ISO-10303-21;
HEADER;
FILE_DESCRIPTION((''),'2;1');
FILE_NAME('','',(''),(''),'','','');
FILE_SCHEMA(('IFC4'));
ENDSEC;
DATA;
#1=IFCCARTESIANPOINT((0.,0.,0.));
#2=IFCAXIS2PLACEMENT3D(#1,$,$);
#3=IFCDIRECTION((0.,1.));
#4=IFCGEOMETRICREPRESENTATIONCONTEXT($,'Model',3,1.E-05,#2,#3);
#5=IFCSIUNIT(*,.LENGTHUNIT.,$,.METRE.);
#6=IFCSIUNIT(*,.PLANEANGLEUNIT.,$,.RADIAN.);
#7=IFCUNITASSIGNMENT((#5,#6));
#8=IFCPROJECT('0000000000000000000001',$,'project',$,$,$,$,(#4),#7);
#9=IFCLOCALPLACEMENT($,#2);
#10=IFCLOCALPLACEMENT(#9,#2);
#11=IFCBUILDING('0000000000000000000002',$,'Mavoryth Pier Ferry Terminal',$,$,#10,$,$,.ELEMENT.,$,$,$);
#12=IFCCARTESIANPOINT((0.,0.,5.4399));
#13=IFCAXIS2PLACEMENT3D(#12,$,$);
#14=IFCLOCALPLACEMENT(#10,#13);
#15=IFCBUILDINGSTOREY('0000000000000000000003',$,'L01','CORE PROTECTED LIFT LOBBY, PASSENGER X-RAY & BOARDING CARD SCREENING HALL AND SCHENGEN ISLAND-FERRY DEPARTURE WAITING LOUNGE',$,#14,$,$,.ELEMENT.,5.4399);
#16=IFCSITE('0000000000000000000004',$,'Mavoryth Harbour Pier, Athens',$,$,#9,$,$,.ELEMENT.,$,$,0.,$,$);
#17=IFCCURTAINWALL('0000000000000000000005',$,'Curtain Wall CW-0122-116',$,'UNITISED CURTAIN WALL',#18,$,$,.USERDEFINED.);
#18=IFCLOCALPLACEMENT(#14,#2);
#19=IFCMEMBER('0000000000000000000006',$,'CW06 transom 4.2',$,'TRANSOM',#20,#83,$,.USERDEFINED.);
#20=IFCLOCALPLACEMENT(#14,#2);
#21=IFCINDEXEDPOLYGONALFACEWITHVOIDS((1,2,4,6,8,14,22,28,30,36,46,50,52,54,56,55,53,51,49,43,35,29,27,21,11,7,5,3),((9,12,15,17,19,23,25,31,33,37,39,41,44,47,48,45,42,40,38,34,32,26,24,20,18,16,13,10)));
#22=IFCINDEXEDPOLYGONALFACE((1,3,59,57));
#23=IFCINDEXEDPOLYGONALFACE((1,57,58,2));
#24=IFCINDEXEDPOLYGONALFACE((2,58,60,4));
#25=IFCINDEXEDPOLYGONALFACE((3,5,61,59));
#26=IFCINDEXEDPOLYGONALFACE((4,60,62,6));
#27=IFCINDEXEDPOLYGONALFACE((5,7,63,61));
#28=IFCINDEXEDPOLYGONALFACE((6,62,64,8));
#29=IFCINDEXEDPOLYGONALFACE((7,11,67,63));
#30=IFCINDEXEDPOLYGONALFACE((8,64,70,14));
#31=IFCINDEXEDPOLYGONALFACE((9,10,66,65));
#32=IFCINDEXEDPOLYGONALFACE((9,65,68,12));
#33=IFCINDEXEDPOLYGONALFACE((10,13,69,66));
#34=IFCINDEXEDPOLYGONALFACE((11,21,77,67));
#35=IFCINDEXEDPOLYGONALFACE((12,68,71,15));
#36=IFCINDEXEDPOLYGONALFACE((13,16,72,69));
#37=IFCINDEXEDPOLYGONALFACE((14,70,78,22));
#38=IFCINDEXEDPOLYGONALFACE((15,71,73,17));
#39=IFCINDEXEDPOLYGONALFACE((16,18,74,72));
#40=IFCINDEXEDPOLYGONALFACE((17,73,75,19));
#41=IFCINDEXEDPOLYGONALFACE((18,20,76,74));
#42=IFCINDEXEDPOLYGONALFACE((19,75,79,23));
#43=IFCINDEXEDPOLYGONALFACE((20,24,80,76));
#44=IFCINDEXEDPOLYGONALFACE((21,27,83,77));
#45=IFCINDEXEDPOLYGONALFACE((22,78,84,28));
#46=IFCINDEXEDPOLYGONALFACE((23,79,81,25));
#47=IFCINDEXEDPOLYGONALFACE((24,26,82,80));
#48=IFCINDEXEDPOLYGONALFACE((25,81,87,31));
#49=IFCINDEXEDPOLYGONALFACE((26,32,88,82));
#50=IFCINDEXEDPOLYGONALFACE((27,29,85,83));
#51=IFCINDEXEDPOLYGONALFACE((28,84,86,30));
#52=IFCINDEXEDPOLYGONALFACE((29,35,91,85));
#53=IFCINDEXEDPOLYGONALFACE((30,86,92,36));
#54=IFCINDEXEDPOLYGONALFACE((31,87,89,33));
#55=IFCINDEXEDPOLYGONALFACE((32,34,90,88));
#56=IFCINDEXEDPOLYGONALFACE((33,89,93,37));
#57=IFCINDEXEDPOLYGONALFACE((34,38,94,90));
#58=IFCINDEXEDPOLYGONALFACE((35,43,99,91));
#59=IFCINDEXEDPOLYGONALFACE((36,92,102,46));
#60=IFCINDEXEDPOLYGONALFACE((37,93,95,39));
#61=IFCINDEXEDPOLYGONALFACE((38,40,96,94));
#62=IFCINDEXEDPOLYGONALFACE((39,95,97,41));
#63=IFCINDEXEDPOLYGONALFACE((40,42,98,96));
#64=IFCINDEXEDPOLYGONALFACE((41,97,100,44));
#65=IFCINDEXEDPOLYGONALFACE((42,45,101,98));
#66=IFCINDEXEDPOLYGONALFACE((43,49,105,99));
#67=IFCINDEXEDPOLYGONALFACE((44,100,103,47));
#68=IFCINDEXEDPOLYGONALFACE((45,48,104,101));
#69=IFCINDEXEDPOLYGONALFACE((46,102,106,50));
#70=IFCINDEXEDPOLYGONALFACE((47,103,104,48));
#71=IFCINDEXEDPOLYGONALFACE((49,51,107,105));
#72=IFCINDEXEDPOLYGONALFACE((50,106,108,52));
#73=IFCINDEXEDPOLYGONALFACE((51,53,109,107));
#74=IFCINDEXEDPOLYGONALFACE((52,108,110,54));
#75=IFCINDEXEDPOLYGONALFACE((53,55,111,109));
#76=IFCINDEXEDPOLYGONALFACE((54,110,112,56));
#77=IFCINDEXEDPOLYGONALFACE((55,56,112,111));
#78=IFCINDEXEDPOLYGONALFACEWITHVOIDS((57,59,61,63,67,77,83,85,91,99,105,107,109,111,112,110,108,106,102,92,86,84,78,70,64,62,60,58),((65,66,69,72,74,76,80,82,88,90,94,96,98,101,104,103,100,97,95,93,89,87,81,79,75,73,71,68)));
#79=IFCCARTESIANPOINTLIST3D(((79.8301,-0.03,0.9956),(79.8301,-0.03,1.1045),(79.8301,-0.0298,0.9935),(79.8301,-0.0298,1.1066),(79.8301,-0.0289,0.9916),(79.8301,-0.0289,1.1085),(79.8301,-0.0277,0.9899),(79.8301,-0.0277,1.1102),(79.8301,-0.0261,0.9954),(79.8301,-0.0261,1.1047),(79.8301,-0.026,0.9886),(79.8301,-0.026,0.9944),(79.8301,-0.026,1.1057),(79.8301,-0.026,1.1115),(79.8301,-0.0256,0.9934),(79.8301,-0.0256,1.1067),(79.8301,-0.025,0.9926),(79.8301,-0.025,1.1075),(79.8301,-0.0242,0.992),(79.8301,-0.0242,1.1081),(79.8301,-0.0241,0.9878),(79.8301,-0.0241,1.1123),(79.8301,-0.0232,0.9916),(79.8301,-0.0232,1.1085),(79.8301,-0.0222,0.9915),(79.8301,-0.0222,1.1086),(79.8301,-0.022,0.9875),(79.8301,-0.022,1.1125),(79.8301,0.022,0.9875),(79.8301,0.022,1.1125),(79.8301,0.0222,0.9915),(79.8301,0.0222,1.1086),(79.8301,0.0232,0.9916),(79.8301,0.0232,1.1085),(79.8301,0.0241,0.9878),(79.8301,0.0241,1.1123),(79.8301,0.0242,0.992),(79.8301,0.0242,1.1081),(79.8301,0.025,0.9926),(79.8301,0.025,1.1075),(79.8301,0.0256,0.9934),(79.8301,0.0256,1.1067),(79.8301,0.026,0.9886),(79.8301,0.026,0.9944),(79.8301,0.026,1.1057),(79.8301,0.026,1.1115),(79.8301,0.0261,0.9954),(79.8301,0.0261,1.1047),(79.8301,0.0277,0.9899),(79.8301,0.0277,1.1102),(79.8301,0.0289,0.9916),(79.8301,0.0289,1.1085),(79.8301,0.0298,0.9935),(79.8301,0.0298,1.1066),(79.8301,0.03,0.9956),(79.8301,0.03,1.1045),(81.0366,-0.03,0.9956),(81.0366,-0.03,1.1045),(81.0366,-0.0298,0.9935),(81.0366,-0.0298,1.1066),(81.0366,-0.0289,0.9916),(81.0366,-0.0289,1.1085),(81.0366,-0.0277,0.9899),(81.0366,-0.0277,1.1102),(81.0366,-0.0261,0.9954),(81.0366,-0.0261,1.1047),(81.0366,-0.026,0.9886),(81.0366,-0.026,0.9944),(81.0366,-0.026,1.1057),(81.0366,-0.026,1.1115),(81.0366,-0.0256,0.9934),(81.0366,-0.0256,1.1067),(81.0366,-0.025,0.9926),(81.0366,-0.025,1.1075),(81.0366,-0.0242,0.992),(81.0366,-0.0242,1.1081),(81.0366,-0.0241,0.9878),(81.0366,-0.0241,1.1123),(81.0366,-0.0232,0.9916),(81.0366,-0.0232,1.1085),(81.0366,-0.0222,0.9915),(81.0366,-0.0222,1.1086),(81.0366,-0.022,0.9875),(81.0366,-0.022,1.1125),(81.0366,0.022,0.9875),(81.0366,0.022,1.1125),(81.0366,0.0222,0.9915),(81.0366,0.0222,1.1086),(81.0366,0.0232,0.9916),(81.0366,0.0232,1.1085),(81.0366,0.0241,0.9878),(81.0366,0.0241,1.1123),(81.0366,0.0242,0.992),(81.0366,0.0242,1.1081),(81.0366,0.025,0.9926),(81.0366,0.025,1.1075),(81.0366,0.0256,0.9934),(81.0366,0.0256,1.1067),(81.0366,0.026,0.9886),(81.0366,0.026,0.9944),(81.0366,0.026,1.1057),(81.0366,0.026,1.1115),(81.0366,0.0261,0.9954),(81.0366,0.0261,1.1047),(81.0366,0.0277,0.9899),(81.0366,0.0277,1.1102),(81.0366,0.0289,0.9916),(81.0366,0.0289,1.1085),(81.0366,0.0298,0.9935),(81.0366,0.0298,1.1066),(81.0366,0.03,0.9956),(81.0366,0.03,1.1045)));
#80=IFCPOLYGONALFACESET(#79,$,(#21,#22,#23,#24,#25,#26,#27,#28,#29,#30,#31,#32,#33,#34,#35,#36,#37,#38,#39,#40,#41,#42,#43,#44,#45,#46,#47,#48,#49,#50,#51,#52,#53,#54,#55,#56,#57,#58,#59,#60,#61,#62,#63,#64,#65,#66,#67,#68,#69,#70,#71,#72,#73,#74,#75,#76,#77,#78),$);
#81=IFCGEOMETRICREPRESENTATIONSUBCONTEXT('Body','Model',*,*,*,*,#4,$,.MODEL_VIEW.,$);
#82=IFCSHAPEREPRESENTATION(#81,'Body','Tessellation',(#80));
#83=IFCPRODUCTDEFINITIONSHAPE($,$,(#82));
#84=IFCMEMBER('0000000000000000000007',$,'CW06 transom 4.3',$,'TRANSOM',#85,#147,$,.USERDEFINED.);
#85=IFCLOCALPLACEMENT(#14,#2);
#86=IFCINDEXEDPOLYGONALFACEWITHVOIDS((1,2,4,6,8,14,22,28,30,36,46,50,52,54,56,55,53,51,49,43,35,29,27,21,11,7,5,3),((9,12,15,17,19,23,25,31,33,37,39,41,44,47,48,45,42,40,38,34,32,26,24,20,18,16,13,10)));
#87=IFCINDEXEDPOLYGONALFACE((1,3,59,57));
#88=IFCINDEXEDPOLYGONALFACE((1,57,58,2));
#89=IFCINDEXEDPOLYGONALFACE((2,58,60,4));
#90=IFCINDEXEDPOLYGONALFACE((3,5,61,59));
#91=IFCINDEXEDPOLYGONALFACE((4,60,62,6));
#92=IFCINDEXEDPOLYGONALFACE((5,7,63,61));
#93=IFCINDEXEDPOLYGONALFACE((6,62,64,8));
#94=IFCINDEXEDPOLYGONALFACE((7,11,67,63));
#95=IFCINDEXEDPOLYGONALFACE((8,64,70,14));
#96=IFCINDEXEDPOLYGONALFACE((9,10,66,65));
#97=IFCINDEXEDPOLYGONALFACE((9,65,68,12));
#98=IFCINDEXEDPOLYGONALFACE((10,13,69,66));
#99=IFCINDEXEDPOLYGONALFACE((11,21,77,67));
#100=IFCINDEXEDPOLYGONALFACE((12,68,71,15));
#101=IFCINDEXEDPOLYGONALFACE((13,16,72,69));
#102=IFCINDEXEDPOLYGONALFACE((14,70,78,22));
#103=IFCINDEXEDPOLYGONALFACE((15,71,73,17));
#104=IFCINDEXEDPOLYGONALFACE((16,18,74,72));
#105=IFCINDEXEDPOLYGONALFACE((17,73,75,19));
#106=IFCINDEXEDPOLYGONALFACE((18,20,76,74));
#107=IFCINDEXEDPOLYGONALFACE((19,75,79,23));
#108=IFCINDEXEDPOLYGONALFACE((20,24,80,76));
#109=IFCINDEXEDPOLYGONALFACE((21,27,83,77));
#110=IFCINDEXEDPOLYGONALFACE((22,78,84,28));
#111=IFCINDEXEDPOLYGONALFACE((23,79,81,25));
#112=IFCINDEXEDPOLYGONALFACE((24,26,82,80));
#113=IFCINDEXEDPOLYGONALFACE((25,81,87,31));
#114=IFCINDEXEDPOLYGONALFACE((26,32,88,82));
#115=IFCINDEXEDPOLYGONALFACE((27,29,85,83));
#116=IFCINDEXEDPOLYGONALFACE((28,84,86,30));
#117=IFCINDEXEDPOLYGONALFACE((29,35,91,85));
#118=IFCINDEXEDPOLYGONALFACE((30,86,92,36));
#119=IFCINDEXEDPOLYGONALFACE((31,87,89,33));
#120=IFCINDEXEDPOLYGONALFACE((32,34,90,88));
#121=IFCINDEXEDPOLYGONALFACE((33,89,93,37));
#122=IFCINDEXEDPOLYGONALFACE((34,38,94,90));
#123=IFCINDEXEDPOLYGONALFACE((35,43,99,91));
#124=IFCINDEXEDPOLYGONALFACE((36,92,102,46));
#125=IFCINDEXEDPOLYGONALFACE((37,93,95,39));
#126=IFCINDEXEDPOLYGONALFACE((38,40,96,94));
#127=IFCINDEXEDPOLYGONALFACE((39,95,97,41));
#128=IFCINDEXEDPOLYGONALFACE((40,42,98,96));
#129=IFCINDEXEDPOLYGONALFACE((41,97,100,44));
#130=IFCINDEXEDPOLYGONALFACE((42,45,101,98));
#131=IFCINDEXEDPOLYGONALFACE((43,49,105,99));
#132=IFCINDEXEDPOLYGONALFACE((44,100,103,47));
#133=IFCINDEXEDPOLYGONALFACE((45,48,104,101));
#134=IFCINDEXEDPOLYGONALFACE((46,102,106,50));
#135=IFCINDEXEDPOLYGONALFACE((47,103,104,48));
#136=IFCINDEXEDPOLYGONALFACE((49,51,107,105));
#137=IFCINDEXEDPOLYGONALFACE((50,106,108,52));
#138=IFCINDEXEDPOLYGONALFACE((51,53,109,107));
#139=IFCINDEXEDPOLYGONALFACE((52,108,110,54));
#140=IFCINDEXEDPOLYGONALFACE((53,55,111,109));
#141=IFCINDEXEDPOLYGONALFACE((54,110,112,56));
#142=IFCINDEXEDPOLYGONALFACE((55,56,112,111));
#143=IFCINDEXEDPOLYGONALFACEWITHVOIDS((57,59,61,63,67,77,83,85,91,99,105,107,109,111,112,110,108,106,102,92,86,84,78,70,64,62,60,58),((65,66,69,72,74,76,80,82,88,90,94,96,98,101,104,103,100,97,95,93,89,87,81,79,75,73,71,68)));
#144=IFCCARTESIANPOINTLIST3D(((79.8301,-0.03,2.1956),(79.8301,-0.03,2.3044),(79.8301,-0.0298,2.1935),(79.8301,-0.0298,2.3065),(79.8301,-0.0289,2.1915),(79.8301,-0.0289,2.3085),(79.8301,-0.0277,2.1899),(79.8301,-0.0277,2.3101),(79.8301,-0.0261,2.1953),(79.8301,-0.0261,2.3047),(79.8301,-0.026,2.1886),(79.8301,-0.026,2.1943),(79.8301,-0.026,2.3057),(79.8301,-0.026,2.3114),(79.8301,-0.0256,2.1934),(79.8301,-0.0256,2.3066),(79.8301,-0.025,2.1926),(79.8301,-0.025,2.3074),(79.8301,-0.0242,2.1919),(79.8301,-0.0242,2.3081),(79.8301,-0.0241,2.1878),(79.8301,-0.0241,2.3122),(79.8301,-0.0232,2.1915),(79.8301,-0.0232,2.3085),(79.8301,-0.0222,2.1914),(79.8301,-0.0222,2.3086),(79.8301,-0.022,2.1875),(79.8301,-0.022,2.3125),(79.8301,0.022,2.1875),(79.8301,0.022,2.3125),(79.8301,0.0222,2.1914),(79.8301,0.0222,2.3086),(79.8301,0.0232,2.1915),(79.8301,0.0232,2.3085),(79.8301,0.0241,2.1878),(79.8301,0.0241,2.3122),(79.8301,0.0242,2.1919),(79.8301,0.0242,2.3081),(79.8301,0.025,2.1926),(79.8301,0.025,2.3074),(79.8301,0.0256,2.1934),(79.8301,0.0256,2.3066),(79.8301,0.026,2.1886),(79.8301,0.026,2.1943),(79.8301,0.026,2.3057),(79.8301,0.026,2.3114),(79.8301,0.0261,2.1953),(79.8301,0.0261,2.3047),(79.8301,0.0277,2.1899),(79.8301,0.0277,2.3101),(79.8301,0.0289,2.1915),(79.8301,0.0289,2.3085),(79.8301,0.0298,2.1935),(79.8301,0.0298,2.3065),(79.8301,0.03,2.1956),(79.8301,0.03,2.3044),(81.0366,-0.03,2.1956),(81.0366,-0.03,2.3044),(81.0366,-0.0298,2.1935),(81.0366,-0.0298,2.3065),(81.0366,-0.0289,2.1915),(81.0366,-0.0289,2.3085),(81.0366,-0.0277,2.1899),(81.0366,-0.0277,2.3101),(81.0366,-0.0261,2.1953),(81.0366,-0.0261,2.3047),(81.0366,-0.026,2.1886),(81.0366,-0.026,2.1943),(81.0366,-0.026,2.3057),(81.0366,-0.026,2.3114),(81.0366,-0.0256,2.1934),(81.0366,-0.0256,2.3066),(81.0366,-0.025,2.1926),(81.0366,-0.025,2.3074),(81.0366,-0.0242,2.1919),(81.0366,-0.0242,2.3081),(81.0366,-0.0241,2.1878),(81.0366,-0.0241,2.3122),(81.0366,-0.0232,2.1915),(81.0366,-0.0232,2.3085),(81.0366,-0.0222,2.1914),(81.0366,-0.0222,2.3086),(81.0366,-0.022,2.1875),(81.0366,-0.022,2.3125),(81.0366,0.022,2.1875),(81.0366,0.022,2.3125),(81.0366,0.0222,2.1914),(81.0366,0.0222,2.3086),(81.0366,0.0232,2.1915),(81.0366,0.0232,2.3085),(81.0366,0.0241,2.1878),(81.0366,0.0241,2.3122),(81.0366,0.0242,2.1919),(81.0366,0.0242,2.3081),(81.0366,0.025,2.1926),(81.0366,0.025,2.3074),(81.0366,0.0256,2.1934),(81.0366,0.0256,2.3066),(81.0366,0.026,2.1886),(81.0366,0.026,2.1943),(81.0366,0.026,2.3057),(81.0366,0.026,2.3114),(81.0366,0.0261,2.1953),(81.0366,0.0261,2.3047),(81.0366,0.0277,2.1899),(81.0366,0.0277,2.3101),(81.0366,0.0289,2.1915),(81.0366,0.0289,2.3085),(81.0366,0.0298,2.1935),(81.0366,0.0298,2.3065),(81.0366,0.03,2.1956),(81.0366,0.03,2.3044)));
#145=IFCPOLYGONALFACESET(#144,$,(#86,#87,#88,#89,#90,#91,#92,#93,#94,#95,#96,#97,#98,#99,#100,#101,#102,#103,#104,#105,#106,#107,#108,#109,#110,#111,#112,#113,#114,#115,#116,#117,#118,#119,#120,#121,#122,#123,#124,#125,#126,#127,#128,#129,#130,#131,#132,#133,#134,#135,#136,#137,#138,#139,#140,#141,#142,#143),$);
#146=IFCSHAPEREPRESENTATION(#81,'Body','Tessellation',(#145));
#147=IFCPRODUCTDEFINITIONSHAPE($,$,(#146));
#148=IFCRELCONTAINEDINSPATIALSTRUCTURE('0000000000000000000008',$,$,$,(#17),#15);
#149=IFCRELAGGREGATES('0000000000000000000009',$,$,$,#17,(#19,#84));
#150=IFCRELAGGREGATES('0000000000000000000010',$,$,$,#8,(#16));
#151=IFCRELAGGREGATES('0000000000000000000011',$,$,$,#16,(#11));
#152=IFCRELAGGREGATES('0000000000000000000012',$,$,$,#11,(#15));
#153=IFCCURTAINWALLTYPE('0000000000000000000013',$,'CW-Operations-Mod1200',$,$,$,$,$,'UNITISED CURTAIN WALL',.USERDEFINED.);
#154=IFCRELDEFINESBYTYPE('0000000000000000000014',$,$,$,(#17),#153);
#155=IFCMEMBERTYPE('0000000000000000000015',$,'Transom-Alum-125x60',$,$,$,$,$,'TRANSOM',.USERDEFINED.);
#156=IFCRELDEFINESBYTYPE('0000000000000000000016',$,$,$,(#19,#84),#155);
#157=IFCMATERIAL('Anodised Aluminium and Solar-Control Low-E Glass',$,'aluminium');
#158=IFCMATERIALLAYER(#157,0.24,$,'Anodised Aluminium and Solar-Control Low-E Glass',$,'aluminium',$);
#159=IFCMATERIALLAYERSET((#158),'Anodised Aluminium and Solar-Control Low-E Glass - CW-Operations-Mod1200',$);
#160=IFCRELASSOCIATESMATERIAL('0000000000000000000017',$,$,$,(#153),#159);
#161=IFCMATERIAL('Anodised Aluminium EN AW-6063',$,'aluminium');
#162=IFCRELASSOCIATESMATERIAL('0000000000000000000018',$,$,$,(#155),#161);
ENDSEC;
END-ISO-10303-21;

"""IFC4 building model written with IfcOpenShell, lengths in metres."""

from ifc_helpers import new_model, si_unit, direction, frame, origin, origin_2d, place, context, subcontext, project, spatial, hollow_rectangle, extrude, material, layer, layer_set, material_profile, profile_set, type_object, element, aggregate, save


model = new_model("IFC4")

# Units and contexts
model_context = context("Model", 3, precision=1e-05, world=origin(), true_north=direction((0.0, 1.0)))
body_context = subcontext(model_context, "Body", "Model", "MODEL_VIEW")
ifc_project = project(units=[si_unit("LENGTHUNIT", "METRE"), si_unit("PLANEANGLEUNIT", "RADIAN")], contexts=[model_context])

# Site, building, storey
site_placement = place(None, origin())
site = spatial("IfcSite", under=ifc_project, at=site_placement, Name="Mavoryth Harbour Pier, Athens", CompositionType="ELEMENT", RefElevation=0.0)
building_placement = place(site_placement, origin())
building = spatial("IfcBuilding", under=site, at=building_placement, Name="Mavoryth Pier Ferry Terminal", CompositionType="ELEMENT")
storey_placement = place(building_placement, frame((0.0, 0.0, 5.4399)))
storey = spatial("IfcBuildingStorey", under=building, at=storey_placement, Name="L01", Description="CORE PROTECTED LIFT LOBBY, PASSENGER X-RAY & BOARDING CARD SCREENING HALL AND SCHENGEN ISLAND-FERRY DEPARTURE WAITING LOUNGE", CompositionType="ELEMENT", Elevation=5.4399)

# Curtain wall, members
ifc_material_1 = material(Name="Anodised Aluminium and Solar-Control Low-E Glass", Category="aluminium")
ifc_layer_1 = layer(ifc_material_1, 0.24, Name="Anodised Aluminium and Solar-Control Low-E Glass", Category="aluminium")
ifc_layer_set_1 = layer_set([ifc_layer_1], Name="Anodised Aluminium and Solar-Control Low-E Glass - CW-Operations-Mod1200")
curtain_wall_type = type_object("IfcCurtainWallType", Name="CW-Operations-Mod1200", ElementType="UNITISED CURTAIN WALL", PredefinedType="USERDEFINED", material=ifc_layer_set_1)
curtain_wall_placement = place(storey_placement, origin())
curtain_wall = element("IfcCurtainWall", 1, at=curtain_wall_placement, inside=storey, type_object=curtain_wall_type, Name="Curtain Wall CW-0122-116", ObjectType="UNITISED CURTAIN WALL", PredefinedType="USERDEFINED")
ifc_material_2 = material(Name="Anodised Aluminium EN AW-6063", Category="aluminium")
ifc_material_profile_1 = material_profile(ifc_material_2, hollow_rectangle(XDim=0.0601, YDim=0.125, WallThickness=0.0039, InnerFilletRadius=0.0039, OuterFilletRadius=0.0081, at=origin_2d()), Name="AL-TRAN 125x60x4", Category="aluminium")
ifc_profile_set_1 = profile_set([ifc_material_profile_1], Name="Anodised Aluminium EN AW-6063 - AL-TRAN 125x60x4")
member_type_1 = type_object("IfcMemberType", Name="Transom-Alum-125x60", ElementType="TRANSOM", PredefinedType="USERDEFINED", material=ifc_profile_set_1)
member_1_placement = place(storey_placement, frame((79.8301, 0.0, 1.05), z_axis=(1.0, 0.0, 0.0), x_axis=(0.0, 1.0, 0.0)))
member_1 = element("IfcMember", 2, at=member_1_placement, type_object=member_type_1, Name="CW06 transom 4.2", ObjectType="TRANSOM", PredefinedType="USERDEFINED", context=body_context, shape_type="SweptSolid", body=[
    extrude(hollow_rectangle(XDim=0.0601, YDim=0.125, WallThickness=0.0039, InnerFilletRadius=0.0039, OuterFilletRadius=0.0081, at=origin_2d()), origin(), (0.0, 0.0, 1.0), 1.2065),
])
member_2_placement = place(storey_placement, frame((79.8301, 0.0, 2.25), z_axis=(1.0, 0.0, 0.0), x_axis=(0.0, 1.0, 0.0)))
member_2 = element("IfcMember", 3, at=member_2_placement, type_object=member_type_1, Name="CW06 transom 4.3", ObjectType="TRANSOM", PredefinedType="USERDEFINED", context=body_context, shape_type="SweptSolid", body=[
    extrude(hollow_rectangle(XDim=0.0601, YDim=0.125, WallThickness=0.0039, InnerFilletRadius=0.0039, OuterFilletRadius=0.0081, at=origin_2d()), origin(), (0.0, 0.0, 1.0), 1.2065),
])
aggregate(curtain_wall, [member_1, member_2])

save(model, "model.ifc")
